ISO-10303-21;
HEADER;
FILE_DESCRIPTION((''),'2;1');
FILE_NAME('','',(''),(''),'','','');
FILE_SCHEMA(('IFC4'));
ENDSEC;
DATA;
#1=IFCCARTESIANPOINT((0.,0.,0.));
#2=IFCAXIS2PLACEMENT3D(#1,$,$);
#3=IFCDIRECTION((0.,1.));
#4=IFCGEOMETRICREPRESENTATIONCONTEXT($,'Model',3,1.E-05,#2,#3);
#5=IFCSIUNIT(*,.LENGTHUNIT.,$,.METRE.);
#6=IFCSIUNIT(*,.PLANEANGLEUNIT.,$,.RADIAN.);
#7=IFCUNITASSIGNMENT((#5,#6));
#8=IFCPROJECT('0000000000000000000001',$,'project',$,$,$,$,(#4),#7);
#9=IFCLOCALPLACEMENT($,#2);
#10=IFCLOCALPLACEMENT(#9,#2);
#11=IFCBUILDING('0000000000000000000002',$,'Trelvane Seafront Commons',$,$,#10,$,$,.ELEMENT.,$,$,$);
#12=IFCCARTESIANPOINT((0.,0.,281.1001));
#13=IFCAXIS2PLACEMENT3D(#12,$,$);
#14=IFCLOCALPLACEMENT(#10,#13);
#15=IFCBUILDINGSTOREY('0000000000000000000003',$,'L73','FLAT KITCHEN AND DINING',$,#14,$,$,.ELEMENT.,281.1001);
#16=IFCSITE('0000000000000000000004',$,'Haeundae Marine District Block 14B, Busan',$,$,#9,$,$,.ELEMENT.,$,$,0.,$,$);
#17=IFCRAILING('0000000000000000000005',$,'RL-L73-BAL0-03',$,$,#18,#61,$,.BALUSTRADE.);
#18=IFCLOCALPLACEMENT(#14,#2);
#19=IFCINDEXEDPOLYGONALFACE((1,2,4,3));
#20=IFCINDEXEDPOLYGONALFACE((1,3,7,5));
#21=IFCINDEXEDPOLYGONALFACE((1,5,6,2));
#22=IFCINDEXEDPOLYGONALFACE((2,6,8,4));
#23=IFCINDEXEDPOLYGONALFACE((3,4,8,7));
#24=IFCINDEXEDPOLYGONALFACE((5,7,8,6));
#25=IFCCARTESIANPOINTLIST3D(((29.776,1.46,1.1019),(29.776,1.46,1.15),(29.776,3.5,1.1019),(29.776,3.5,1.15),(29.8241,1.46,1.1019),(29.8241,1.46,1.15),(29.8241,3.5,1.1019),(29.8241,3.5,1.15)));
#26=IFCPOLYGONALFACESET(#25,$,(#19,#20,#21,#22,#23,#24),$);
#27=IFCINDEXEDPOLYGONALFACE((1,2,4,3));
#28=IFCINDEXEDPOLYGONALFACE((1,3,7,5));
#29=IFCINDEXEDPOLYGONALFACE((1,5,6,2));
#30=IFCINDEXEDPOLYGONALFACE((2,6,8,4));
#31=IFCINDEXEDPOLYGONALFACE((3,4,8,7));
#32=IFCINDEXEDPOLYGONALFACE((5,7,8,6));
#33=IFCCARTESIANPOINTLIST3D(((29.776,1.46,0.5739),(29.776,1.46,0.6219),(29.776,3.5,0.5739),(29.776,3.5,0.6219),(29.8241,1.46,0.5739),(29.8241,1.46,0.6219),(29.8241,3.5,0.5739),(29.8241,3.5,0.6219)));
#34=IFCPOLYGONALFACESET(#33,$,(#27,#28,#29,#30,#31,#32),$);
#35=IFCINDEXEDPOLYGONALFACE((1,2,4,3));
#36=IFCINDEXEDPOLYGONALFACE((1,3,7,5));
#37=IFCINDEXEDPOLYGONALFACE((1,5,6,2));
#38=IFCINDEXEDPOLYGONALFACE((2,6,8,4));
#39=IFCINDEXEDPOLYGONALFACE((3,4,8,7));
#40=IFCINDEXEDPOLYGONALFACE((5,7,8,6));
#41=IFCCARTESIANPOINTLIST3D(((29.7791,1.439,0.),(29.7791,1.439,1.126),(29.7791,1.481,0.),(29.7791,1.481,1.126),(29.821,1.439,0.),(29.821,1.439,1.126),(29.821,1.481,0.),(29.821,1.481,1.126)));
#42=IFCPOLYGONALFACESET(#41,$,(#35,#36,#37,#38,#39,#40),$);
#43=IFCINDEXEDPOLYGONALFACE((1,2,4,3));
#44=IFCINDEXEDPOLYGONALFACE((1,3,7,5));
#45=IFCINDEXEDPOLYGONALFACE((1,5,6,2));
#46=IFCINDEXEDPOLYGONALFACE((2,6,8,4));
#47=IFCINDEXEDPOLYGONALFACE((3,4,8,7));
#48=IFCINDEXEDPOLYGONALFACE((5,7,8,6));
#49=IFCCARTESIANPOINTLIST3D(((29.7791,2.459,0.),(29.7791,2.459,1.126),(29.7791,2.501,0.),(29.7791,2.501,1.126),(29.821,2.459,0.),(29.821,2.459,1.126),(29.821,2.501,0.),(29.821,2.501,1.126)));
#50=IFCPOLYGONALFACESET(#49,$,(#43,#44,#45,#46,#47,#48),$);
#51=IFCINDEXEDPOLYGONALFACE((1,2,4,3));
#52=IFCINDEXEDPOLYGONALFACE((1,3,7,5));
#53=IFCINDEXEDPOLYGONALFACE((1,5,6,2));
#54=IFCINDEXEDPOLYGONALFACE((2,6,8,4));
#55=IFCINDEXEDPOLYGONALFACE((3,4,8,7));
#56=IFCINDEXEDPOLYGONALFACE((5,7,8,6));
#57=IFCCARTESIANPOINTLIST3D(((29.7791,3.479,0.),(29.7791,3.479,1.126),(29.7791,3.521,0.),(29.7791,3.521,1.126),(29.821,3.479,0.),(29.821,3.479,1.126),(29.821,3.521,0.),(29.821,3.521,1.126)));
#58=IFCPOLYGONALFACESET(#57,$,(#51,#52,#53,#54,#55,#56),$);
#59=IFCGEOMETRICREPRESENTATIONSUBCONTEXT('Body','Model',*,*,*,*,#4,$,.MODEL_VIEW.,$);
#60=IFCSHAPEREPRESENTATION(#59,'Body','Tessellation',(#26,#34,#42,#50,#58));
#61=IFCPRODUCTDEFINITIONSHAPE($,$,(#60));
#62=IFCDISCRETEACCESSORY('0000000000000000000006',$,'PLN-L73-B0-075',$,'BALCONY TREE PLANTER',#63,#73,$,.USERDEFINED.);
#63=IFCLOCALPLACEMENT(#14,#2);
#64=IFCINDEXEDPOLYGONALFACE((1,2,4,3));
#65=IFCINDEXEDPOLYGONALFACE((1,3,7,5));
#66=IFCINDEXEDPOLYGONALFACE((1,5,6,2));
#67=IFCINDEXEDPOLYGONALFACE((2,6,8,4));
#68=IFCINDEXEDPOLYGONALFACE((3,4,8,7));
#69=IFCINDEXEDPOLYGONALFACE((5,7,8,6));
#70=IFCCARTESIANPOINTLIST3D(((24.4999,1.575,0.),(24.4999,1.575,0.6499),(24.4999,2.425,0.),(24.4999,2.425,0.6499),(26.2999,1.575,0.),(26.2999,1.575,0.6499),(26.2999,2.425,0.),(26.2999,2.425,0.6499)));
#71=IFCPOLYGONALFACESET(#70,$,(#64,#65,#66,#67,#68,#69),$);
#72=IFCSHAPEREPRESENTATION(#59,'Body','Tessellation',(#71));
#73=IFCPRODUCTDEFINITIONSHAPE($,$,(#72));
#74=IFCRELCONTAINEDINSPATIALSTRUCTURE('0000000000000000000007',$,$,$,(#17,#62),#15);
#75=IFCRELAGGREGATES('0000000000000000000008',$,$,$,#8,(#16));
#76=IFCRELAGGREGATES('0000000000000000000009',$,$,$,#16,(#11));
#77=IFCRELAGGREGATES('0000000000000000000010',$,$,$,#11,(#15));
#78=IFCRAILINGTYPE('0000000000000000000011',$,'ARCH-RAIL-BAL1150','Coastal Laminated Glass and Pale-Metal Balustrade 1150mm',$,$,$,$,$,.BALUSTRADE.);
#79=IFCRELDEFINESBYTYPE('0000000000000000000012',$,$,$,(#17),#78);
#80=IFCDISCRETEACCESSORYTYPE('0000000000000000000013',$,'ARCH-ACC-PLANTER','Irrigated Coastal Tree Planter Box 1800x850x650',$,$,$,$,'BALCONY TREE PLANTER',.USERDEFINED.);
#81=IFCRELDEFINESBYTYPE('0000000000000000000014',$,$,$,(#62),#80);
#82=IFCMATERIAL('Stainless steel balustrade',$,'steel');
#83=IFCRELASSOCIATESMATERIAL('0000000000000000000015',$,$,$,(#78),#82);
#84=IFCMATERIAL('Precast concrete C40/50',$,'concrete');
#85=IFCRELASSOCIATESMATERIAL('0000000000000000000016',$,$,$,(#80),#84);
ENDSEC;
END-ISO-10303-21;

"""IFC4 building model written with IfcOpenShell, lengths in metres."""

from ifc_helpers import new_model, si_unit, direction, frame, origin, origin_2d, place, context, subcontext, project, spatial, rectangle, extrude, source, transform, mapped, material, type_object, element, save


model = new_model("IFC4")

# Units and contexts
model_context = context("Model", 3, precision=1e-05, world=origin(), true_north=direction((0.0, 1.0)))
body_context = subcontext(model_context, "Body", "Model", "MODEL_VIEW")
ifc_project = project(units=[si_unit("LENGTHUNIT", "METRE"), si_unit("PLANEANGLEUNIT", "RADIAN")], contexts=[model_context])

# Site, building, storey
site_placement = place(None, origin())
site = spatial("IfcSite", under=ifc_project, at=site_placement, Name="Haeundae Marine District Block 14B, Busan", CompositionType="ELEMENT", RefElevation=0.0)
building_placement = place(site_placement, origin())
building = spatial("IfcBuilding", under=site, at=building_placement, Name="Trelvane Seafront Commons", CompositionType="ELEMENT")
storey_placement = place(building_placement, frame((0.0, 0.0, 281.1001)))
storey = spatial("IfcBuildingStorey", under=building, at=storey_placement, Name="L73", Description="FLAT KITCHEN AND DINING", CompositionType="ELEMENT", Elevation=281.1001)

# Railing
ifc_material_1 = material(Name="Stainless steel balustrade", Category="steel")
railing_type = type_object("IfcRailingType", Name="ARCH-RAIL-BAL1150", Description="Coastal Laminated Glass and Pale-Metal Balustrade 1150mm", PredefinedType="BALUSTRADE", material=ifc_material_1)
railing_1_placement = place(storey_placement, frame((29.8, 1.46, 0.0)))
element("IfcRailing", 1, at=railing_1_placement, inside=storey, type_object=railing_type, Name="RL-L73-BAL0-03", PredefinedType="BALUSTRADE", context=body_context, shape_type="SweptSolid", body=[
    extrude(rectangle(XDim=0.0481, YDim=0.0481, at=origin_2d()), frame((0.0, 0.0, 1.126), z_axis=(0.0, 1.0, 0.0), x_axis=(-1.0, 0.0, 0.0)), (0.0, 0.0, 1.0), 2.04),
    extrude(rectangle(XDim=0.0481, YDim=0.0481, at=origin_2d()), frame((0.0, 0.0, 0.5979), z_axis=(0.0, 1.0, 0.0), x_axis=(-1.0, 0.0, 0.0)), (0.0, 0.0, 1.0), 2.04),
    extrude(rectangle(XDim=0.042, YDim=0.042, at=origin_2d()), origin(), (0.0, 0.0, 1.0), 1.126),
    extrude(rectangle(XDim=0.042, YDim=0.042, at=origin_2d()), frame((0.0, 1.02, 0.0)), (0.0, 0.0, 1.0), 1.126),
    extrude(rectangle(XDim=0.042, YDim=0.042, at=origin_2d()), frame((0.0, 2.04, 0.0)), (0.0, 0.0, 1.0), 1.126),
])

# Discrete accessory
ifc_material_2 = material(Name="Precast concrete C40/50", Category="concrete")
discrete_accessory_type = type_object("IfcDiscreteAccessoryType", Name="ARCH-ACC-PLANTER", Description="Irrigated Coastal Tree Planter Box 1800x850x650", ElementType="BALCONY TREE PLANTER", PredefinedType="USERDEFINED", material=ifc_material_2)
shared_shape_1 = source(origin(), body_context, "Body", "SweptSolid", [
    extrude(rectangle(XDim=1.8, YDim=0.8501, at=origin_2d()), origin(), (0.0, 0.0, 1.0), 0.6499),
])
discrete_accessory_placement = place(storey_placement, frame((25.3999, 2.0, 0.0), z_axis=(0.0, 0.0, 1.0), x_axis=(1.0, 0.0, 0.0)))
element("IfcDiscreteAccessory", 2, at=discrete_accessory_placement, inside=storey, type_object=discrete_accessory_type, Name="PLN-L73-B0-075", ObjectType="BALCONY TREE PLANTER", PredefinedType="USERDEFINED", context=body_context, shape_type="MappedRepresentation", body=[
    mapped(shared_shape_1, transform((0.0, 0.0, 0.0), x_axis=(1.0, 0.0, 0.0), y_axis=(0.0, 1.0, 0.0), z_axis=(0.0, 0.0, 1.0), scale=1.0)),
])

save(model, "model.ifc")
